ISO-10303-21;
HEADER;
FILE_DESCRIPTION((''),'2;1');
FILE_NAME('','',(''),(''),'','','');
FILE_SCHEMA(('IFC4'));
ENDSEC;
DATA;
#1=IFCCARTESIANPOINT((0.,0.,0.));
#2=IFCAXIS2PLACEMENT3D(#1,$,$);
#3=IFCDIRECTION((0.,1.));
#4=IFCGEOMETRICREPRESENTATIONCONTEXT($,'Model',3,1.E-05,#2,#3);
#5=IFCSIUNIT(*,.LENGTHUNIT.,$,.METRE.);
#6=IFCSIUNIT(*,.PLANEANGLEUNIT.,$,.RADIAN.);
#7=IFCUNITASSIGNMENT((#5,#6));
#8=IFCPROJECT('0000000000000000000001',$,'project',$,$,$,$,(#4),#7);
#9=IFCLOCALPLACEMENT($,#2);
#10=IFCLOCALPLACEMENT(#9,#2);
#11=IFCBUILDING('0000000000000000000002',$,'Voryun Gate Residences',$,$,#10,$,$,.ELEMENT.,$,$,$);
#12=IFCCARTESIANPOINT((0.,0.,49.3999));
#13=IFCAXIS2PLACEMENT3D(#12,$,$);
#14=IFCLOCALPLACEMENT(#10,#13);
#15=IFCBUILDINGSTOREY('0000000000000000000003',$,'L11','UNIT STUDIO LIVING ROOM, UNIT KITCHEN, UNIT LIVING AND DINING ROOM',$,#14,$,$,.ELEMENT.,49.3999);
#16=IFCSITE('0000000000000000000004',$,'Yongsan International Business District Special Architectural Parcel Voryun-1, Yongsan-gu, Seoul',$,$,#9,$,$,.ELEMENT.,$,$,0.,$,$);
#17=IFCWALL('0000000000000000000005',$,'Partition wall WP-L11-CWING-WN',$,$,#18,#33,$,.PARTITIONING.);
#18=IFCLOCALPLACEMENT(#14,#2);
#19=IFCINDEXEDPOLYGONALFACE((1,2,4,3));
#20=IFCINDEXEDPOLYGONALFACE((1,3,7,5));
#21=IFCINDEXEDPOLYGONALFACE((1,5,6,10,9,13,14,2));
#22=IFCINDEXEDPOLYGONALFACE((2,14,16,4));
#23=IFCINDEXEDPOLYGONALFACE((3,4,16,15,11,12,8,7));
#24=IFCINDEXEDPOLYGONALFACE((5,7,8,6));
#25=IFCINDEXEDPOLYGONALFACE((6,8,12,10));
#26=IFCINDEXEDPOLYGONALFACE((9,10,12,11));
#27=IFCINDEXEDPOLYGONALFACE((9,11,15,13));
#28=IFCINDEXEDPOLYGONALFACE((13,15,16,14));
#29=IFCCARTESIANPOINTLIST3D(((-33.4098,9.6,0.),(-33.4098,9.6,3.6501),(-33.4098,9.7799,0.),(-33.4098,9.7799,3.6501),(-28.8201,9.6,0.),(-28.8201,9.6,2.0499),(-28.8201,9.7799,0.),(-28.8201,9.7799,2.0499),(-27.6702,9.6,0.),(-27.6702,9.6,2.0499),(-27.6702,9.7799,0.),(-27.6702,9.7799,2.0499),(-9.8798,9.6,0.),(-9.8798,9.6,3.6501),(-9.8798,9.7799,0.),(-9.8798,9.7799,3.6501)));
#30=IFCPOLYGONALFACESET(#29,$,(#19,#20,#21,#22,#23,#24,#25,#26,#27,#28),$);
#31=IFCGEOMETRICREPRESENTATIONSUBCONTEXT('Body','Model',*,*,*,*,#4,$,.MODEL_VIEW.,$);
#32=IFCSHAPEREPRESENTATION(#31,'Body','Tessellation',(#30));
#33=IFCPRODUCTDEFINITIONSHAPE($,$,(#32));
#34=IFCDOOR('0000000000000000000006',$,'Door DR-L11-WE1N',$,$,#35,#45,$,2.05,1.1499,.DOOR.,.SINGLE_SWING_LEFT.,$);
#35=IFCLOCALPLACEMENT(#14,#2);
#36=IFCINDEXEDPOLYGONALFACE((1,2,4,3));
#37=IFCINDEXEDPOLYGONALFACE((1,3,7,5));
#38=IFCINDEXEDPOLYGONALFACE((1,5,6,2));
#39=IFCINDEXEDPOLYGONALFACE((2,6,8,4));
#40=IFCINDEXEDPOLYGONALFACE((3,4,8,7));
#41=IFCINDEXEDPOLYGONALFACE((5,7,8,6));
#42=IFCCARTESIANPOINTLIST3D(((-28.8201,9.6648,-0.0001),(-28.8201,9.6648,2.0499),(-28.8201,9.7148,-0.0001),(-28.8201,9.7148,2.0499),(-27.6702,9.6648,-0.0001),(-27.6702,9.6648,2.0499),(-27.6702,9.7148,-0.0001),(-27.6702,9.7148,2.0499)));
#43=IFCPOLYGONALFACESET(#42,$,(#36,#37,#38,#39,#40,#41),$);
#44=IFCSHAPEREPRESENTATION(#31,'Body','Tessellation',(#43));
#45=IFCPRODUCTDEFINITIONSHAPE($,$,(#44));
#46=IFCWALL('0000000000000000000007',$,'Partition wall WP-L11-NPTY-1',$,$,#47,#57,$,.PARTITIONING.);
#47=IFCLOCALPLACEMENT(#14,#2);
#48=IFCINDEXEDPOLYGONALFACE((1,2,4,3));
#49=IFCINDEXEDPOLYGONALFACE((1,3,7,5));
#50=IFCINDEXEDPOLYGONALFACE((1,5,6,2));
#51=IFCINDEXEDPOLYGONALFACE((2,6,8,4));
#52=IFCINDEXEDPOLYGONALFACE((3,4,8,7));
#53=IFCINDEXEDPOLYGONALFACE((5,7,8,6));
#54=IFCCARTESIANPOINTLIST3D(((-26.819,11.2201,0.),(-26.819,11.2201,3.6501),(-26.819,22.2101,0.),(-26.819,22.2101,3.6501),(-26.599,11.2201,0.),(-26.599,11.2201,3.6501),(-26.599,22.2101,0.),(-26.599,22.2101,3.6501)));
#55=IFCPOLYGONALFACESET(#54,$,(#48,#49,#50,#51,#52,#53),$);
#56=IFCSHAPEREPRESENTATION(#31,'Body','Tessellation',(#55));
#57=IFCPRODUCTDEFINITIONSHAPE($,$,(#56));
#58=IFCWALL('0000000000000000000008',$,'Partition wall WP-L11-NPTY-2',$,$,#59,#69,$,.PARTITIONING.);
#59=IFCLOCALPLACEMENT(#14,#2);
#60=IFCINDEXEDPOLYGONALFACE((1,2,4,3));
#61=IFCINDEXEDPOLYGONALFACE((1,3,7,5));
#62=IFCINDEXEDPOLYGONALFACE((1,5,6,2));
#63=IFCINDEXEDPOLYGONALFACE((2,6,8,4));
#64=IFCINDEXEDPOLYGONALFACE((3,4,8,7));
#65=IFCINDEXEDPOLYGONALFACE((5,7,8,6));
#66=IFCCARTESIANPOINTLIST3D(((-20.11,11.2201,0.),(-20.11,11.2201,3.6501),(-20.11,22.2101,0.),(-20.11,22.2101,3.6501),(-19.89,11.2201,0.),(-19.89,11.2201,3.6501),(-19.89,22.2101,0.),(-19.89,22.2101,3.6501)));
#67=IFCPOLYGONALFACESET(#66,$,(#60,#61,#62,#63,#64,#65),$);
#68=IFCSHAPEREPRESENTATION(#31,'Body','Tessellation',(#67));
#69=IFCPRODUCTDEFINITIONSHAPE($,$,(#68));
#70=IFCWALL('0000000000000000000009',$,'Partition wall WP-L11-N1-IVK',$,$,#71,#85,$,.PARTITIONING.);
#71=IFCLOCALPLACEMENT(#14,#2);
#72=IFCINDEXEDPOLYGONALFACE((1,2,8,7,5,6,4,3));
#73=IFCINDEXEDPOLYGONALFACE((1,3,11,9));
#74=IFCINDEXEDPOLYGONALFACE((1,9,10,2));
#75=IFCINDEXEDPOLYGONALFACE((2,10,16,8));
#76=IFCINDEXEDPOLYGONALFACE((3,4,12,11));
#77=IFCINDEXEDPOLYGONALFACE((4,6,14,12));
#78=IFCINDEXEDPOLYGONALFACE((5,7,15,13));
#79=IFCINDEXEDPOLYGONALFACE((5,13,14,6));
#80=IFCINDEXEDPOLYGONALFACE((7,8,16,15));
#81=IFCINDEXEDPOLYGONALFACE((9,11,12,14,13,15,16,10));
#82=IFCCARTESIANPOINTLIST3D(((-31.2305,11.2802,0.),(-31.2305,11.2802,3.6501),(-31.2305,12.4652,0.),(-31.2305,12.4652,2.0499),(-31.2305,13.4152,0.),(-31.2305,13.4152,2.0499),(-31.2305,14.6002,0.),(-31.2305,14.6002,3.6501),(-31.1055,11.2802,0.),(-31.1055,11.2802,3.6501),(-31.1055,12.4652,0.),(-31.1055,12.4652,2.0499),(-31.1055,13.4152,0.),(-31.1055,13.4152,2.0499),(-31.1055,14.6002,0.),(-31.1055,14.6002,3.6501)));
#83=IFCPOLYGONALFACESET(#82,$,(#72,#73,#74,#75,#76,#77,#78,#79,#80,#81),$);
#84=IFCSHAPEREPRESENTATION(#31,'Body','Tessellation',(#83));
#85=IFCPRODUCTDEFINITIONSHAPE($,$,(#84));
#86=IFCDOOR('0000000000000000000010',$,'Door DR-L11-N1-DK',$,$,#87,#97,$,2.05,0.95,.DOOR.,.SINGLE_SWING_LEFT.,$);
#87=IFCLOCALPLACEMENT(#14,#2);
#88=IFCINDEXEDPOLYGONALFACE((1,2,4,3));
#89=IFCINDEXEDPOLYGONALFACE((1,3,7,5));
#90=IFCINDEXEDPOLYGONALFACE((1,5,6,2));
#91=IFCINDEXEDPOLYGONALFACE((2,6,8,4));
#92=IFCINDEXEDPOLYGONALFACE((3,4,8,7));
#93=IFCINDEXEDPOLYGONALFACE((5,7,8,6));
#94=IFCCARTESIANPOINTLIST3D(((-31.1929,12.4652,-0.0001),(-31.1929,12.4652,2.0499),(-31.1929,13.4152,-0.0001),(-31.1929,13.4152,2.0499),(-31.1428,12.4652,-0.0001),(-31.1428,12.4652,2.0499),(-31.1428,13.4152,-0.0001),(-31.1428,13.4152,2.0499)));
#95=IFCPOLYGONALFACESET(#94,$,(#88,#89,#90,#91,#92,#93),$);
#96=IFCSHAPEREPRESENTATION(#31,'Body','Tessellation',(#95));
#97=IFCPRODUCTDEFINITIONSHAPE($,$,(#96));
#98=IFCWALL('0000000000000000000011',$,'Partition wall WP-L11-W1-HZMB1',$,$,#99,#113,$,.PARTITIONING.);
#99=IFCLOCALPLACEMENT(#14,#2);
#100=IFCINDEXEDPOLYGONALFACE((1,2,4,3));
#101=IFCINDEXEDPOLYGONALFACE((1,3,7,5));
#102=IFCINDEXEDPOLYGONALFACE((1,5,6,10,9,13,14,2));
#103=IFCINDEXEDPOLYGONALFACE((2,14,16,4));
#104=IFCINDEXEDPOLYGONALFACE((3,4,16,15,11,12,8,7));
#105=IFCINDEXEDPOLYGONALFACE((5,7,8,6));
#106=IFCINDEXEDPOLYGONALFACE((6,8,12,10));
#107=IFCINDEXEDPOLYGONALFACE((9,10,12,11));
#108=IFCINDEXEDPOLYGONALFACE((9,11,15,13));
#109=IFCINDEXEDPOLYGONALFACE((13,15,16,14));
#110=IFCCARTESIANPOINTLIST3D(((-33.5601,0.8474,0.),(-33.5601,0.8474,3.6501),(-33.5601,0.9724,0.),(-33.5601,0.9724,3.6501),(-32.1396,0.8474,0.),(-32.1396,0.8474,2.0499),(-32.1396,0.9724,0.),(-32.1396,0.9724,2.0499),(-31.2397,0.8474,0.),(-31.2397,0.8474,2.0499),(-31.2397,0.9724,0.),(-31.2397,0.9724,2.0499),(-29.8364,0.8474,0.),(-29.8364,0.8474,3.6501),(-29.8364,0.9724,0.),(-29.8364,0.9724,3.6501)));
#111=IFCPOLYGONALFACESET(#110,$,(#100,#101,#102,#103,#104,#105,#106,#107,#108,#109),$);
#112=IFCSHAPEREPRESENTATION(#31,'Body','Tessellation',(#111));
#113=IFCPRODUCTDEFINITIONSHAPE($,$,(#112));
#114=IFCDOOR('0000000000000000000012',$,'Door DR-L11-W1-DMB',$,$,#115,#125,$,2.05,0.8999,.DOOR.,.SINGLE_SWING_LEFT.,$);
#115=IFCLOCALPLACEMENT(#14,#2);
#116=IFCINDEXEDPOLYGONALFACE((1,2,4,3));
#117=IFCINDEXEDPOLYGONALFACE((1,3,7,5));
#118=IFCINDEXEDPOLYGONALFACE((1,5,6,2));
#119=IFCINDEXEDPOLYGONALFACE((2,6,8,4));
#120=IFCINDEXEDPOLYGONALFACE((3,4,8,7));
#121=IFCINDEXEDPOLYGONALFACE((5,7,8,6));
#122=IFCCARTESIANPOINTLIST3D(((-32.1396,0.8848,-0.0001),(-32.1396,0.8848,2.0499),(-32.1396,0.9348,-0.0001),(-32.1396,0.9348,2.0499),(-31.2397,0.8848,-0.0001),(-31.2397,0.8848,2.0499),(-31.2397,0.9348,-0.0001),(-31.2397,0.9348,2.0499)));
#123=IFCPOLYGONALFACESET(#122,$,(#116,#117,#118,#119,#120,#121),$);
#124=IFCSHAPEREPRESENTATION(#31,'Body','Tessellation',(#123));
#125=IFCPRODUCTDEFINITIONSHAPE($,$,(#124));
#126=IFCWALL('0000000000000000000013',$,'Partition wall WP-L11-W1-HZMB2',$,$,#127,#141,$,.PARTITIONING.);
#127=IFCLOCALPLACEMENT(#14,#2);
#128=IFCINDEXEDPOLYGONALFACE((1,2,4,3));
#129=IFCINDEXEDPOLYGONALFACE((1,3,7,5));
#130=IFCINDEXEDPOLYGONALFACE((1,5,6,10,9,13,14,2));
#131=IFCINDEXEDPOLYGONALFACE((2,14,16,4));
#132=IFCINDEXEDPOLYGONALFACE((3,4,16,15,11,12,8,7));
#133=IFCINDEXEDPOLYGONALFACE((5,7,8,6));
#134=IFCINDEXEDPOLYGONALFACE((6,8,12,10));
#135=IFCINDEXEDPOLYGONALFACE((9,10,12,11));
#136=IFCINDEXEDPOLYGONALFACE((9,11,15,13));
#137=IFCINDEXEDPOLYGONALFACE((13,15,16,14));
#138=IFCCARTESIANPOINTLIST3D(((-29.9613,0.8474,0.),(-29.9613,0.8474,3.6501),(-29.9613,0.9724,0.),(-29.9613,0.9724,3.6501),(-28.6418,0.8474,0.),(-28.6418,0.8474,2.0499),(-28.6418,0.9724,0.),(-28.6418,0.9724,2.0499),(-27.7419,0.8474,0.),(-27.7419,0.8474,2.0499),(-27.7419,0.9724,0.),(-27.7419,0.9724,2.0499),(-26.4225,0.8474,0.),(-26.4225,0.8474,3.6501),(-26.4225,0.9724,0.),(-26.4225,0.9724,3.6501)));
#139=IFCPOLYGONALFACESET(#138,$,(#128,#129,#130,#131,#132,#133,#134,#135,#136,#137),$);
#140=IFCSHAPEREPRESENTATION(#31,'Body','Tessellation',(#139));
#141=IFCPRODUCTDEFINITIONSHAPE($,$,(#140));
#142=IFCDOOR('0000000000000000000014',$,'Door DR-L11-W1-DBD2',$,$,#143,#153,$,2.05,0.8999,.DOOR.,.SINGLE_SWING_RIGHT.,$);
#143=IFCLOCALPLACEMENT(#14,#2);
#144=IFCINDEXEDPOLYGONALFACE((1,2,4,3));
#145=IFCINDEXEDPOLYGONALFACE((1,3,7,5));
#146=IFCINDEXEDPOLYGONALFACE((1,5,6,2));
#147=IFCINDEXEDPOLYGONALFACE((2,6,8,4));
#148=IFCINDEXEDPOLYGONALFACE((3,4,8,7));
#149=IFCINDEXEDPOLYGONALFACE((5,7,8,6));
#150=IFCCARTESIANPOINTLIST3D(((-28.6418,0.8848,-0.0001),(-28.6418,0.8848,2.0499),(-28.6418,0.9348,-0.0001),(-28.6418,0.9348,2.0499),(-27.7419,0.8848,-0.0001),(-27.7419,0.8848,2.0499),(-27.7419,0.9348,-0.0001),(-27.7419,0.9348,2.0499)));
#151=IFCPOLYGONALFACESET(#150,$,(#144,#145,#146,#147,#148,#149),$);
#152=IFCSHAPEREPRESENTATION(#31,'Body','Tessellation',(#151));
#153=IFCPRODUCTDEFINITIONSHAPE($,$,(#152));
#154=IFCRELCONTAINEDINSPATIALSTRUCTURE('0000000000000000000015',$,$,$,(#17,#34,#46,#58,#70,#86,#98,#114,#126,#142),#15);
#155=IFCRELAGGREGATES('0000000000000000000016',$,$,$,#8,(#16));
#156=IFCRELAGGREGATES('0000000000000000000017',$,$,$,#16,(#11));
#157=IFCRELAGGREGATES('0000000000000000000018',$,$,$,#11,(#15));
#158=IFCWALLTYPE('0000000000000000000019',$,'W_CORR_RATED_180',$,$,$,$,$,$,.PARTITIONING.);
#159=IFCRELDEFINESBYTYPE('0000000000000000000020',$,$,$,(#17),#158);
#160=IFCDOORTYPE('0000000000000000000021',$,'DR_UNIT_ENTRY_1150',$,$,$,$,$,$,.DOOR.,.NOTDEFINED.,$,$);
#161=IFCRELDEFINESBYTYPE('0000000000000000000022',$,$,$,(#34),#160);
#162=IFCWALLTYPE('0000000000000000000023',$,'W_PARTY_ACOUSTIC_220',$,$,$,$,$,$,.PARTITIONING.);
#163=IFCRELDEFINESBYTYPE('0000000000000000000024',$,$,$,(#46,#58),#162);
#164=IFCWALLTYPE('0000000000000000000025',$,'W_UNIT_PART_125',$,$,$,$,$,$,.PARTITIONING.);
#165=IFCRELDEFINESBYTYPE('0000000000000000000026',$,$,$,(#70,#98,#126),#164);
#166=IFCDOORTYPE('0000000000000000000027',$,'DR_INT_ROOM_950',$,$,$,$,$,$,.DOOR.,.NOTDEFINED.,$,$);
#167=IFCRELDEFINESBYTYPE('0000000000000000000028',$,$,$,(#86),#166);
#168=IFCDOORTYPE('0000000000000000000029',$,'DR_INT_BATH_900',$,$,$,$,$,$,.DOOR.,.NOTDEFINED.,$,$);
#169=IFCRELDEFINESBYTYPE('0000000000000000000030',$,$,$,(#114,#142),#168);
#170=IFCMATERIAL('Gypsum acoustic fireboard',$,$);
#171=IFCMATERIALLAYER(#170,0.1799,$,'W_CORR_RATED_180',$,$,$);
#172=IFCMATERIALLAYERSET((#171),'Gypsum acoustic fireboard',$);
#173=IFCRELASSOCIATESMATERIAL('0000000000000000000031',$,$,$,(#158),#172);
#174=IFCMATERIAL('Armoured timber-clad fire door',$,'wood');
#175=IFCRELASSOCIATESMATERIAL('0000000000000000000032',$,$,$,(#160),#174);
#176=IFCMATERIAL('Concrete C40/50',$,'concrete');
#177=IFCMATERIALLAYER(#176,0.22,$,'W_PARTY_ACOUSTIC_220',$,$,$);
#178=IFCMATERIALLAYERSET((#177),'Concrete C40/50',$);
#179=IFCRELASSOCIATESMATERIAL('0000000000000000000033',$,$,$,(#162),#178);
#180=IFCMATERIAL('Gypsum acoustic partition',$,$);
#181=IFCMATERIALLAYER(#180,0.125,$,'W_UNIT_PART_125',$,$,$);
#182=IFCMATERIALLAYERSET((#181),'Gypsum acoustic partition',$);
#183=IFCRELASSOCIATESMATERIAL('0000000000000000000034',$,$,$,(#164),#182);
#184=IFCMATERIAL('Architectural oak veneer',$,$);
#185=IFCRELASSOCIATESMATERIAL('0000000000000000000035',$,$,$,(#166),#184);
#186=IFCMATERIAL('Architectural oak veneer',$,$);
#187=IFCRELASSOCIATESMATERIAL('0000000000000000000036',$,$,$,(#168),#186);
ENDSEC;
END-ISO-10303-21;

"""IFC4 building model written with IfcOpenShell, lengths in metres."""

from ifc_helpers import new_model, si_unit, direction, frame, frame_2d, origin, place, context, subcontext, project, spatial, rectangle, extrude, material, layer, layer_set, type_object, element, fill, save


model = new_model("IFC4")

# Units and contexts
model_context = context("Model", 3, precision=1e-05, world=origin(), true_north=direction((0.0, 1.0)))
body_context = subcontext(model_context, "Body", "Model", "MODEL_VIEW")
ifc_project = project(units=[si_unit("LENGTHUNIT", "METRE"), si_unit("PLANEANGLEUNIT", "RADIAN")], contexts=[model_context])

# Site, building, storey
site_placement = place(None, origin())
site = spatial("IfcSite", under=ifc_project, at=site_placement, Name="Yongsan International Business District Special Architectural Parcel Voryun-1, Yongsan-gu, Seoul", CompositionType="ELEMENT", RefElevation=0.0)
building_placement = place(site_placement, origin())
building = spatial("IfcBuilding", under=site, at=building_placement, Name="Voryun Gate Residences", CompositionType="ELEMENT")
storey_placement = place(building_placement, frame((0.0, 0.0, 49.3999)))
storey = spatial("IfcBuildingStorey", under=building, at=storey_placement, Name="L11", Description="UNIT STUDIO LIVING ROOM, UNIT KITCHEN, UNIT LIVING AND DINING ROOM", CompositionType="ELEMENT", Elevation=49.3999)

# Wall, opening, door
ifc_material_1 = material(Name="Gypsum acoustic fireboard")
ifc_layer_1 = layer(ifc_material_1, 0.1799, Name="W_CORR_RATED_180")
ifc_layer_set_1 = layer_set([ifc_layer_1], Name="Gypsum acoustic fireboard")
wall_type_1 = type_object("IfcWallType", Name="W_CORR_RATED_180", PredefinedType="PARTITIONING", material=ifc_layer_set_1)
wall_1_placement = place(storey_placement, frame((-33.4099, 9.6899, 0.0), z_axis=(0.0, 0.0, 1.0), x_axis=(1.0, 0.0, 0.0)))
wall_1 = element("IfcWall", 1, at=wall_1_placement, inside=storey, type_object=wall_type_1, Name="Partition wall WP-L11-CWING-WN", PredefinedType="PARTITIONING", context=body_context, shape_type="SweptSolid", body=[
    extrude(rectangle(XDim=23.53, YDim=0.1799, at=frame_2d((11.7651, 0.0))), origin(), (0.0, 0.0, 1.0), 3.6501),
])
opening_1_placement = place(wall_1_placement, frame((4.5898, 0.0, 0.0)))
opening_1 = element("IfcOpeningElement", 2, at=opening_1_placement, cuts=wall_1, PredefinedType="OPENING", context=body_context, shape_type="SweptSolid", body=[
    extrude(rectangle(XDim=1.1499, YDim=2.05, at=frame_2d((0.575, 1.0249))), frame((0.0, 0.0999, 0.0), z_axis=(0.0, -1.0, 0.0), x_axis=(1.0, 0.0, 0.0)), (0.0, 0.0, 1.0), 0.2),
])
ifc_material_2 = material(Name="Armoured timber-clad fire door", Category="wood")
door_type_1 = type_object("IfcDoorType", Name="DR_UNIT_ENTRY_1150", OperationType="NOTDEFINED", PredefinedType="DOOR", material=ifc_material_2)
door_1_placement = place(opening_1_placement, origin())
door_1 = element("IfcDoor", 3, at=door_1_placement, inside=storey, type_object=door_type_1, Name="Door DR-L11-WE1N", OperationType="SINGLE_SWING_LEFT", OverallHeight=2.05, OverallWidth=1.1499, PredefinedType="DOOR", context=body_context, shape_type="SweptSolid", body=[
    extrude(rectangle(XDim=1.1499, YDim=2.05, at=frame_2d((0.575, 1.0249))), frame((0.0, 0.0249, 0.0), z_axis=(0.0, -1.0, 0.0), x_axis=(1.0, 0.0, 0.0)), (0.0, 0.0, 1.0), 0.05),
])
fill(opening_1, door_1)

# Walls
ifc_material_3 = material(Name="Concrete C40/50", Category="concrete")
ifc_layer_2 = layer(ifc_material_3, 0.22, Name="W_PARTY_ACOUSTIC_220")
ifc_layer_set_2 = layer_set([ifc_layer_2], Name="Concrete C40/50")
wall_type_2 = type_object("IfcWallType", Name="W_PARTY_ACOUSTIC_220", PredefinedType="PARTITIONING", material=ifc_layer_set_2)
for number, where, z_axis, x_axis, name in (
    (4, (-26.709, 11.22, 0.0), (0.0, 0.0, 1.0), (0.0, 1.0, 0.0), "Partition wall WP-L11-NPTY-1"),
    (5, (-20.0, 11.22, 0.0), (0.0, 0.0, 1.0), (0.0, 1.0, 0.0), "Partition wall WP-L11-NPTY-2"),
):
    element("IfcWall", number, at=place(storey_placement, frame(where, z_axis=z_axis, x_axis=x_axis)), inside=storey, type_object=wall_type_2, Name=name, PredefinedType="PARTITIONING", context=body_context, shape_type="SweptSolid", body=[
        extrude(rectangle(XDim=10.99, YDim=0.22, at=frame_2d((5.4951, 0.0))), origin(), (0.0, 0.0, 1.0), 3.6501),
    ])

# Walls, openings, doors
ifc_material_4 = material(Name="Gypsum acoustic partition")
ifc_layer_3 = layer(ifc_material_4, 0.125, Name="W_UNIT_PART_125")
ifc_layer_set_3 = layer_set([ifc_layer_3], Name="Gypsum acoustic partition")
wall_type_3 = type_object("IfcWallType", Name="W_UNIT_PART_125", PredefinedType="PARTITIONING", material=ifc_layer_set_3)
wall_2_placement = place(storey_placement, frame((-31.168, 11.28, 0.0), z_axis=(0.0, 0.0, 1.0), x_axis=(0.0, 1.0, 0.0)))
wall_2 = element("IfcWall", 6, at=wall_2_placement, inside=storey, type_object=wall_type_3, Name="Partition wall WP-L11-N1-IVK", PredefinedType="PARTITIONING", context=body_context, shape_type="SweptSolid", body=[
    extrude(rectangle(XDim=3.3201, YDim=0.125, at=frame_2d((1.6602, 0.0))), origin(), (0.0, 0.0, 1.0), 3.6501),
])
opening_2_placement = place(wall_2_placement, frame((1.1851, 0.0, 0.0)))
opening_2 = element("IfcOpeningElement", 7, at=opening_2_placement, cuts=wall_2, PredefinedType="OPENING", context=body_context, shape_type="SweptSolid", body=[
    extrude(rectangle(XDim=0.95, YDim=2.05, at=frame_2d((0.4751, 1.0249))), frame((0.0, 0.0725, 0.0), z_axis=(0.0, -1.0, 0.0), x_axis=(1.0, 0.0, 0.0)), (0.0, 0.0, 1.0), 0.145),
])
ifc_material_5 = material(Name="Architectural oak veneer")
door_type_2 = type_object("IfcDoorType", Name="DR_INT_ROOM_950", OperationType="NOTDEFINED", PredefinedType="DOOR", material=ifc_material_5)
door_2_placement = place(opening_2_placement, origin())
door_2 = element("IfcDoor", 8, at=door_2_placement, inside=storey, type_object=door_type_2, Name="Door DR-L11-N1-DK", OperationType="SINGLE_SWING_LEFT", OverallHeight=2.05, OverallWidth=0.95, PredefinedType="DOOR", context=body_context, shape_type="SweptSolid", body=[
    extrude(rectangle(XDim=0.95, YDim=2.05, at=frame_2d((0.4751, 1.0249))), frame((0.0, 0.0249, 0.0), z_axis=(0.0, -1.0, 0.0), x_axis=(1.0, 0.0, 0.0)), (0.0, 0.0, 1.0), 0.05),
])
fill(opening_2, door_2)
wall_3_placement = place(storey_placement, frame((-33.5601, 0.9099, 0.0), z_axis=(0.0, 0.0, 1.0), x_axis=(1.0, 0.0, 0.0)))
wall_3 = element("IfcWall", 9, at=wall_3_placement, inside=storey, type_object=wall_type_3, Name="Partition wall WP-L11-W1-HZMB1", PredefinedType="PARTITIONING", context=body_context, shape_type="SweptSolid", body=[
    extrude(rectangle(XDim=3.7236, YDim=0.125, at=frame_2d((1.8618, 0.0))), origin(), (0.0, 0.0, 1.0), 3.6501),
])
opening_3_placement = place(wall_3_placement, frame((1.4204, 0.0, 0.0)))
opening_3 = element("IfcOpeningElement", 10, at=opening_3_placement, cuts=wall_3, PredefinedType="OPENING", context=body_context, shape_type="SweptSolid", body=[
    extrude(rectangle(XDim=0.8999, YDim=2.05, at=frame_2d((0.45, 1.0249))), frame((0.0, 0.0725, 0.0), z_axis=(0.0, -1.0, 0.0), x_axis=(1.0, 0.0, 0.0)), (0.0, 0.0, 1.0), 0.145),
])
ifc_material_6 = material(Name="Architectural oak veneer")
door_type_3 = type_object("IfcDoorType", Name="DR_INT_BATH_900", OperationType="NOTDEFINED", PredefinedType="DOOR", material=ifc_material_6)
door_3_placement = place(opening_3_placement, origin())
door_3 = element("IfcDoor", 11, at=door_3_placement, inside=storey, type_object=door_type_3, Name="Door DR-L11-W1-DMB", OperationType="SINGLE_SWING_LEFT", OverallHeight=2.05, OverallWidth=0.8999, PredefinedType="DOOR", context=body_context, shape_type="SweptSolid", body=[
    extrude(rectangle(XDim=0.8999, YDim=2.05, at=frame_2d((0.45, 1.0249))), frame((0.0, 0.0249, 0.0), z_axis=(0.0, -1.0, 0.0), x_axis=(1.0, 0.0, 0.0)), (0.0, 0.0, 1.0), 0.05),
])
fill(opening_3, door_3)
wall_4_placement = place(storey_placement, frame((-29.9614, 0.9099, 0.0), z_axis=(0.0, 0.0, 1.0), x_axis=(1.0, 0.0, 0.0)))
wall_4 = element("IfcWall", 12, at=wall_4_placement, inside=storey, type_object=wall_type_3, Name="Partition wall WP-L11-W1-HZMB2", PredefinedType="PARTITIONING", context=body_context, shape_type="SweptSolid", body=[
    extrude(rectangle(XDim=3.5388, YDim=0.125, at=frame_2d((1.7695, 0.0))), origin(), (0.0, 0.0, 1.0), 3.6501),
])
opening_4_placement = place(wall_4_placement, frame((1.3196, 0.0, 0.0)))
opening_4 = element("IfcOpeningElement", 13, at=opening_4_placement, cuts=wall_4, PredefinedType="OPENING", context=body_context, shape_type="SweptSolid", body=[
    extrude(rectangle(XDim=0.8999, YDim=2.05, at=frame_2d((0.45, 1.0249))), frame((0.0, 0.0725, 0.0), z_axis=(0.0, -1.0, 0.0), x_axis=(1.0, 0.0, 0.0)), (0.0, 0.0, 1.0), 0.145),
])
door_4_placement = place(opening_4_placement, origin())
door_4 = element("IfcDoor", 14, at=door_4_placement, inside=storey, type_object=door_type_3, Name="Door DR-L11-W1-DBD2", OperationType="SINGLE_SWING_RIGHT", OverallHeight=2.05, OverallWidth=0.8999, PredefinedType="DOOR", context=body_context, shape_type="SweptSolid", body=[
    extrude(rectangle(XDim=0.8999, YDim=2.05, at=frame_2d((0.45, 1.0249))), frame((0.0, 0.0249, 0.0), z_axis=(0.0, -1.0, 0.0), x_axis=(1.0, 0.0, 0.0)), (0.0, 0.0, 1.0), 0.05),
])
fill(opening_4, door_4)

save(model, "model.ifc")
